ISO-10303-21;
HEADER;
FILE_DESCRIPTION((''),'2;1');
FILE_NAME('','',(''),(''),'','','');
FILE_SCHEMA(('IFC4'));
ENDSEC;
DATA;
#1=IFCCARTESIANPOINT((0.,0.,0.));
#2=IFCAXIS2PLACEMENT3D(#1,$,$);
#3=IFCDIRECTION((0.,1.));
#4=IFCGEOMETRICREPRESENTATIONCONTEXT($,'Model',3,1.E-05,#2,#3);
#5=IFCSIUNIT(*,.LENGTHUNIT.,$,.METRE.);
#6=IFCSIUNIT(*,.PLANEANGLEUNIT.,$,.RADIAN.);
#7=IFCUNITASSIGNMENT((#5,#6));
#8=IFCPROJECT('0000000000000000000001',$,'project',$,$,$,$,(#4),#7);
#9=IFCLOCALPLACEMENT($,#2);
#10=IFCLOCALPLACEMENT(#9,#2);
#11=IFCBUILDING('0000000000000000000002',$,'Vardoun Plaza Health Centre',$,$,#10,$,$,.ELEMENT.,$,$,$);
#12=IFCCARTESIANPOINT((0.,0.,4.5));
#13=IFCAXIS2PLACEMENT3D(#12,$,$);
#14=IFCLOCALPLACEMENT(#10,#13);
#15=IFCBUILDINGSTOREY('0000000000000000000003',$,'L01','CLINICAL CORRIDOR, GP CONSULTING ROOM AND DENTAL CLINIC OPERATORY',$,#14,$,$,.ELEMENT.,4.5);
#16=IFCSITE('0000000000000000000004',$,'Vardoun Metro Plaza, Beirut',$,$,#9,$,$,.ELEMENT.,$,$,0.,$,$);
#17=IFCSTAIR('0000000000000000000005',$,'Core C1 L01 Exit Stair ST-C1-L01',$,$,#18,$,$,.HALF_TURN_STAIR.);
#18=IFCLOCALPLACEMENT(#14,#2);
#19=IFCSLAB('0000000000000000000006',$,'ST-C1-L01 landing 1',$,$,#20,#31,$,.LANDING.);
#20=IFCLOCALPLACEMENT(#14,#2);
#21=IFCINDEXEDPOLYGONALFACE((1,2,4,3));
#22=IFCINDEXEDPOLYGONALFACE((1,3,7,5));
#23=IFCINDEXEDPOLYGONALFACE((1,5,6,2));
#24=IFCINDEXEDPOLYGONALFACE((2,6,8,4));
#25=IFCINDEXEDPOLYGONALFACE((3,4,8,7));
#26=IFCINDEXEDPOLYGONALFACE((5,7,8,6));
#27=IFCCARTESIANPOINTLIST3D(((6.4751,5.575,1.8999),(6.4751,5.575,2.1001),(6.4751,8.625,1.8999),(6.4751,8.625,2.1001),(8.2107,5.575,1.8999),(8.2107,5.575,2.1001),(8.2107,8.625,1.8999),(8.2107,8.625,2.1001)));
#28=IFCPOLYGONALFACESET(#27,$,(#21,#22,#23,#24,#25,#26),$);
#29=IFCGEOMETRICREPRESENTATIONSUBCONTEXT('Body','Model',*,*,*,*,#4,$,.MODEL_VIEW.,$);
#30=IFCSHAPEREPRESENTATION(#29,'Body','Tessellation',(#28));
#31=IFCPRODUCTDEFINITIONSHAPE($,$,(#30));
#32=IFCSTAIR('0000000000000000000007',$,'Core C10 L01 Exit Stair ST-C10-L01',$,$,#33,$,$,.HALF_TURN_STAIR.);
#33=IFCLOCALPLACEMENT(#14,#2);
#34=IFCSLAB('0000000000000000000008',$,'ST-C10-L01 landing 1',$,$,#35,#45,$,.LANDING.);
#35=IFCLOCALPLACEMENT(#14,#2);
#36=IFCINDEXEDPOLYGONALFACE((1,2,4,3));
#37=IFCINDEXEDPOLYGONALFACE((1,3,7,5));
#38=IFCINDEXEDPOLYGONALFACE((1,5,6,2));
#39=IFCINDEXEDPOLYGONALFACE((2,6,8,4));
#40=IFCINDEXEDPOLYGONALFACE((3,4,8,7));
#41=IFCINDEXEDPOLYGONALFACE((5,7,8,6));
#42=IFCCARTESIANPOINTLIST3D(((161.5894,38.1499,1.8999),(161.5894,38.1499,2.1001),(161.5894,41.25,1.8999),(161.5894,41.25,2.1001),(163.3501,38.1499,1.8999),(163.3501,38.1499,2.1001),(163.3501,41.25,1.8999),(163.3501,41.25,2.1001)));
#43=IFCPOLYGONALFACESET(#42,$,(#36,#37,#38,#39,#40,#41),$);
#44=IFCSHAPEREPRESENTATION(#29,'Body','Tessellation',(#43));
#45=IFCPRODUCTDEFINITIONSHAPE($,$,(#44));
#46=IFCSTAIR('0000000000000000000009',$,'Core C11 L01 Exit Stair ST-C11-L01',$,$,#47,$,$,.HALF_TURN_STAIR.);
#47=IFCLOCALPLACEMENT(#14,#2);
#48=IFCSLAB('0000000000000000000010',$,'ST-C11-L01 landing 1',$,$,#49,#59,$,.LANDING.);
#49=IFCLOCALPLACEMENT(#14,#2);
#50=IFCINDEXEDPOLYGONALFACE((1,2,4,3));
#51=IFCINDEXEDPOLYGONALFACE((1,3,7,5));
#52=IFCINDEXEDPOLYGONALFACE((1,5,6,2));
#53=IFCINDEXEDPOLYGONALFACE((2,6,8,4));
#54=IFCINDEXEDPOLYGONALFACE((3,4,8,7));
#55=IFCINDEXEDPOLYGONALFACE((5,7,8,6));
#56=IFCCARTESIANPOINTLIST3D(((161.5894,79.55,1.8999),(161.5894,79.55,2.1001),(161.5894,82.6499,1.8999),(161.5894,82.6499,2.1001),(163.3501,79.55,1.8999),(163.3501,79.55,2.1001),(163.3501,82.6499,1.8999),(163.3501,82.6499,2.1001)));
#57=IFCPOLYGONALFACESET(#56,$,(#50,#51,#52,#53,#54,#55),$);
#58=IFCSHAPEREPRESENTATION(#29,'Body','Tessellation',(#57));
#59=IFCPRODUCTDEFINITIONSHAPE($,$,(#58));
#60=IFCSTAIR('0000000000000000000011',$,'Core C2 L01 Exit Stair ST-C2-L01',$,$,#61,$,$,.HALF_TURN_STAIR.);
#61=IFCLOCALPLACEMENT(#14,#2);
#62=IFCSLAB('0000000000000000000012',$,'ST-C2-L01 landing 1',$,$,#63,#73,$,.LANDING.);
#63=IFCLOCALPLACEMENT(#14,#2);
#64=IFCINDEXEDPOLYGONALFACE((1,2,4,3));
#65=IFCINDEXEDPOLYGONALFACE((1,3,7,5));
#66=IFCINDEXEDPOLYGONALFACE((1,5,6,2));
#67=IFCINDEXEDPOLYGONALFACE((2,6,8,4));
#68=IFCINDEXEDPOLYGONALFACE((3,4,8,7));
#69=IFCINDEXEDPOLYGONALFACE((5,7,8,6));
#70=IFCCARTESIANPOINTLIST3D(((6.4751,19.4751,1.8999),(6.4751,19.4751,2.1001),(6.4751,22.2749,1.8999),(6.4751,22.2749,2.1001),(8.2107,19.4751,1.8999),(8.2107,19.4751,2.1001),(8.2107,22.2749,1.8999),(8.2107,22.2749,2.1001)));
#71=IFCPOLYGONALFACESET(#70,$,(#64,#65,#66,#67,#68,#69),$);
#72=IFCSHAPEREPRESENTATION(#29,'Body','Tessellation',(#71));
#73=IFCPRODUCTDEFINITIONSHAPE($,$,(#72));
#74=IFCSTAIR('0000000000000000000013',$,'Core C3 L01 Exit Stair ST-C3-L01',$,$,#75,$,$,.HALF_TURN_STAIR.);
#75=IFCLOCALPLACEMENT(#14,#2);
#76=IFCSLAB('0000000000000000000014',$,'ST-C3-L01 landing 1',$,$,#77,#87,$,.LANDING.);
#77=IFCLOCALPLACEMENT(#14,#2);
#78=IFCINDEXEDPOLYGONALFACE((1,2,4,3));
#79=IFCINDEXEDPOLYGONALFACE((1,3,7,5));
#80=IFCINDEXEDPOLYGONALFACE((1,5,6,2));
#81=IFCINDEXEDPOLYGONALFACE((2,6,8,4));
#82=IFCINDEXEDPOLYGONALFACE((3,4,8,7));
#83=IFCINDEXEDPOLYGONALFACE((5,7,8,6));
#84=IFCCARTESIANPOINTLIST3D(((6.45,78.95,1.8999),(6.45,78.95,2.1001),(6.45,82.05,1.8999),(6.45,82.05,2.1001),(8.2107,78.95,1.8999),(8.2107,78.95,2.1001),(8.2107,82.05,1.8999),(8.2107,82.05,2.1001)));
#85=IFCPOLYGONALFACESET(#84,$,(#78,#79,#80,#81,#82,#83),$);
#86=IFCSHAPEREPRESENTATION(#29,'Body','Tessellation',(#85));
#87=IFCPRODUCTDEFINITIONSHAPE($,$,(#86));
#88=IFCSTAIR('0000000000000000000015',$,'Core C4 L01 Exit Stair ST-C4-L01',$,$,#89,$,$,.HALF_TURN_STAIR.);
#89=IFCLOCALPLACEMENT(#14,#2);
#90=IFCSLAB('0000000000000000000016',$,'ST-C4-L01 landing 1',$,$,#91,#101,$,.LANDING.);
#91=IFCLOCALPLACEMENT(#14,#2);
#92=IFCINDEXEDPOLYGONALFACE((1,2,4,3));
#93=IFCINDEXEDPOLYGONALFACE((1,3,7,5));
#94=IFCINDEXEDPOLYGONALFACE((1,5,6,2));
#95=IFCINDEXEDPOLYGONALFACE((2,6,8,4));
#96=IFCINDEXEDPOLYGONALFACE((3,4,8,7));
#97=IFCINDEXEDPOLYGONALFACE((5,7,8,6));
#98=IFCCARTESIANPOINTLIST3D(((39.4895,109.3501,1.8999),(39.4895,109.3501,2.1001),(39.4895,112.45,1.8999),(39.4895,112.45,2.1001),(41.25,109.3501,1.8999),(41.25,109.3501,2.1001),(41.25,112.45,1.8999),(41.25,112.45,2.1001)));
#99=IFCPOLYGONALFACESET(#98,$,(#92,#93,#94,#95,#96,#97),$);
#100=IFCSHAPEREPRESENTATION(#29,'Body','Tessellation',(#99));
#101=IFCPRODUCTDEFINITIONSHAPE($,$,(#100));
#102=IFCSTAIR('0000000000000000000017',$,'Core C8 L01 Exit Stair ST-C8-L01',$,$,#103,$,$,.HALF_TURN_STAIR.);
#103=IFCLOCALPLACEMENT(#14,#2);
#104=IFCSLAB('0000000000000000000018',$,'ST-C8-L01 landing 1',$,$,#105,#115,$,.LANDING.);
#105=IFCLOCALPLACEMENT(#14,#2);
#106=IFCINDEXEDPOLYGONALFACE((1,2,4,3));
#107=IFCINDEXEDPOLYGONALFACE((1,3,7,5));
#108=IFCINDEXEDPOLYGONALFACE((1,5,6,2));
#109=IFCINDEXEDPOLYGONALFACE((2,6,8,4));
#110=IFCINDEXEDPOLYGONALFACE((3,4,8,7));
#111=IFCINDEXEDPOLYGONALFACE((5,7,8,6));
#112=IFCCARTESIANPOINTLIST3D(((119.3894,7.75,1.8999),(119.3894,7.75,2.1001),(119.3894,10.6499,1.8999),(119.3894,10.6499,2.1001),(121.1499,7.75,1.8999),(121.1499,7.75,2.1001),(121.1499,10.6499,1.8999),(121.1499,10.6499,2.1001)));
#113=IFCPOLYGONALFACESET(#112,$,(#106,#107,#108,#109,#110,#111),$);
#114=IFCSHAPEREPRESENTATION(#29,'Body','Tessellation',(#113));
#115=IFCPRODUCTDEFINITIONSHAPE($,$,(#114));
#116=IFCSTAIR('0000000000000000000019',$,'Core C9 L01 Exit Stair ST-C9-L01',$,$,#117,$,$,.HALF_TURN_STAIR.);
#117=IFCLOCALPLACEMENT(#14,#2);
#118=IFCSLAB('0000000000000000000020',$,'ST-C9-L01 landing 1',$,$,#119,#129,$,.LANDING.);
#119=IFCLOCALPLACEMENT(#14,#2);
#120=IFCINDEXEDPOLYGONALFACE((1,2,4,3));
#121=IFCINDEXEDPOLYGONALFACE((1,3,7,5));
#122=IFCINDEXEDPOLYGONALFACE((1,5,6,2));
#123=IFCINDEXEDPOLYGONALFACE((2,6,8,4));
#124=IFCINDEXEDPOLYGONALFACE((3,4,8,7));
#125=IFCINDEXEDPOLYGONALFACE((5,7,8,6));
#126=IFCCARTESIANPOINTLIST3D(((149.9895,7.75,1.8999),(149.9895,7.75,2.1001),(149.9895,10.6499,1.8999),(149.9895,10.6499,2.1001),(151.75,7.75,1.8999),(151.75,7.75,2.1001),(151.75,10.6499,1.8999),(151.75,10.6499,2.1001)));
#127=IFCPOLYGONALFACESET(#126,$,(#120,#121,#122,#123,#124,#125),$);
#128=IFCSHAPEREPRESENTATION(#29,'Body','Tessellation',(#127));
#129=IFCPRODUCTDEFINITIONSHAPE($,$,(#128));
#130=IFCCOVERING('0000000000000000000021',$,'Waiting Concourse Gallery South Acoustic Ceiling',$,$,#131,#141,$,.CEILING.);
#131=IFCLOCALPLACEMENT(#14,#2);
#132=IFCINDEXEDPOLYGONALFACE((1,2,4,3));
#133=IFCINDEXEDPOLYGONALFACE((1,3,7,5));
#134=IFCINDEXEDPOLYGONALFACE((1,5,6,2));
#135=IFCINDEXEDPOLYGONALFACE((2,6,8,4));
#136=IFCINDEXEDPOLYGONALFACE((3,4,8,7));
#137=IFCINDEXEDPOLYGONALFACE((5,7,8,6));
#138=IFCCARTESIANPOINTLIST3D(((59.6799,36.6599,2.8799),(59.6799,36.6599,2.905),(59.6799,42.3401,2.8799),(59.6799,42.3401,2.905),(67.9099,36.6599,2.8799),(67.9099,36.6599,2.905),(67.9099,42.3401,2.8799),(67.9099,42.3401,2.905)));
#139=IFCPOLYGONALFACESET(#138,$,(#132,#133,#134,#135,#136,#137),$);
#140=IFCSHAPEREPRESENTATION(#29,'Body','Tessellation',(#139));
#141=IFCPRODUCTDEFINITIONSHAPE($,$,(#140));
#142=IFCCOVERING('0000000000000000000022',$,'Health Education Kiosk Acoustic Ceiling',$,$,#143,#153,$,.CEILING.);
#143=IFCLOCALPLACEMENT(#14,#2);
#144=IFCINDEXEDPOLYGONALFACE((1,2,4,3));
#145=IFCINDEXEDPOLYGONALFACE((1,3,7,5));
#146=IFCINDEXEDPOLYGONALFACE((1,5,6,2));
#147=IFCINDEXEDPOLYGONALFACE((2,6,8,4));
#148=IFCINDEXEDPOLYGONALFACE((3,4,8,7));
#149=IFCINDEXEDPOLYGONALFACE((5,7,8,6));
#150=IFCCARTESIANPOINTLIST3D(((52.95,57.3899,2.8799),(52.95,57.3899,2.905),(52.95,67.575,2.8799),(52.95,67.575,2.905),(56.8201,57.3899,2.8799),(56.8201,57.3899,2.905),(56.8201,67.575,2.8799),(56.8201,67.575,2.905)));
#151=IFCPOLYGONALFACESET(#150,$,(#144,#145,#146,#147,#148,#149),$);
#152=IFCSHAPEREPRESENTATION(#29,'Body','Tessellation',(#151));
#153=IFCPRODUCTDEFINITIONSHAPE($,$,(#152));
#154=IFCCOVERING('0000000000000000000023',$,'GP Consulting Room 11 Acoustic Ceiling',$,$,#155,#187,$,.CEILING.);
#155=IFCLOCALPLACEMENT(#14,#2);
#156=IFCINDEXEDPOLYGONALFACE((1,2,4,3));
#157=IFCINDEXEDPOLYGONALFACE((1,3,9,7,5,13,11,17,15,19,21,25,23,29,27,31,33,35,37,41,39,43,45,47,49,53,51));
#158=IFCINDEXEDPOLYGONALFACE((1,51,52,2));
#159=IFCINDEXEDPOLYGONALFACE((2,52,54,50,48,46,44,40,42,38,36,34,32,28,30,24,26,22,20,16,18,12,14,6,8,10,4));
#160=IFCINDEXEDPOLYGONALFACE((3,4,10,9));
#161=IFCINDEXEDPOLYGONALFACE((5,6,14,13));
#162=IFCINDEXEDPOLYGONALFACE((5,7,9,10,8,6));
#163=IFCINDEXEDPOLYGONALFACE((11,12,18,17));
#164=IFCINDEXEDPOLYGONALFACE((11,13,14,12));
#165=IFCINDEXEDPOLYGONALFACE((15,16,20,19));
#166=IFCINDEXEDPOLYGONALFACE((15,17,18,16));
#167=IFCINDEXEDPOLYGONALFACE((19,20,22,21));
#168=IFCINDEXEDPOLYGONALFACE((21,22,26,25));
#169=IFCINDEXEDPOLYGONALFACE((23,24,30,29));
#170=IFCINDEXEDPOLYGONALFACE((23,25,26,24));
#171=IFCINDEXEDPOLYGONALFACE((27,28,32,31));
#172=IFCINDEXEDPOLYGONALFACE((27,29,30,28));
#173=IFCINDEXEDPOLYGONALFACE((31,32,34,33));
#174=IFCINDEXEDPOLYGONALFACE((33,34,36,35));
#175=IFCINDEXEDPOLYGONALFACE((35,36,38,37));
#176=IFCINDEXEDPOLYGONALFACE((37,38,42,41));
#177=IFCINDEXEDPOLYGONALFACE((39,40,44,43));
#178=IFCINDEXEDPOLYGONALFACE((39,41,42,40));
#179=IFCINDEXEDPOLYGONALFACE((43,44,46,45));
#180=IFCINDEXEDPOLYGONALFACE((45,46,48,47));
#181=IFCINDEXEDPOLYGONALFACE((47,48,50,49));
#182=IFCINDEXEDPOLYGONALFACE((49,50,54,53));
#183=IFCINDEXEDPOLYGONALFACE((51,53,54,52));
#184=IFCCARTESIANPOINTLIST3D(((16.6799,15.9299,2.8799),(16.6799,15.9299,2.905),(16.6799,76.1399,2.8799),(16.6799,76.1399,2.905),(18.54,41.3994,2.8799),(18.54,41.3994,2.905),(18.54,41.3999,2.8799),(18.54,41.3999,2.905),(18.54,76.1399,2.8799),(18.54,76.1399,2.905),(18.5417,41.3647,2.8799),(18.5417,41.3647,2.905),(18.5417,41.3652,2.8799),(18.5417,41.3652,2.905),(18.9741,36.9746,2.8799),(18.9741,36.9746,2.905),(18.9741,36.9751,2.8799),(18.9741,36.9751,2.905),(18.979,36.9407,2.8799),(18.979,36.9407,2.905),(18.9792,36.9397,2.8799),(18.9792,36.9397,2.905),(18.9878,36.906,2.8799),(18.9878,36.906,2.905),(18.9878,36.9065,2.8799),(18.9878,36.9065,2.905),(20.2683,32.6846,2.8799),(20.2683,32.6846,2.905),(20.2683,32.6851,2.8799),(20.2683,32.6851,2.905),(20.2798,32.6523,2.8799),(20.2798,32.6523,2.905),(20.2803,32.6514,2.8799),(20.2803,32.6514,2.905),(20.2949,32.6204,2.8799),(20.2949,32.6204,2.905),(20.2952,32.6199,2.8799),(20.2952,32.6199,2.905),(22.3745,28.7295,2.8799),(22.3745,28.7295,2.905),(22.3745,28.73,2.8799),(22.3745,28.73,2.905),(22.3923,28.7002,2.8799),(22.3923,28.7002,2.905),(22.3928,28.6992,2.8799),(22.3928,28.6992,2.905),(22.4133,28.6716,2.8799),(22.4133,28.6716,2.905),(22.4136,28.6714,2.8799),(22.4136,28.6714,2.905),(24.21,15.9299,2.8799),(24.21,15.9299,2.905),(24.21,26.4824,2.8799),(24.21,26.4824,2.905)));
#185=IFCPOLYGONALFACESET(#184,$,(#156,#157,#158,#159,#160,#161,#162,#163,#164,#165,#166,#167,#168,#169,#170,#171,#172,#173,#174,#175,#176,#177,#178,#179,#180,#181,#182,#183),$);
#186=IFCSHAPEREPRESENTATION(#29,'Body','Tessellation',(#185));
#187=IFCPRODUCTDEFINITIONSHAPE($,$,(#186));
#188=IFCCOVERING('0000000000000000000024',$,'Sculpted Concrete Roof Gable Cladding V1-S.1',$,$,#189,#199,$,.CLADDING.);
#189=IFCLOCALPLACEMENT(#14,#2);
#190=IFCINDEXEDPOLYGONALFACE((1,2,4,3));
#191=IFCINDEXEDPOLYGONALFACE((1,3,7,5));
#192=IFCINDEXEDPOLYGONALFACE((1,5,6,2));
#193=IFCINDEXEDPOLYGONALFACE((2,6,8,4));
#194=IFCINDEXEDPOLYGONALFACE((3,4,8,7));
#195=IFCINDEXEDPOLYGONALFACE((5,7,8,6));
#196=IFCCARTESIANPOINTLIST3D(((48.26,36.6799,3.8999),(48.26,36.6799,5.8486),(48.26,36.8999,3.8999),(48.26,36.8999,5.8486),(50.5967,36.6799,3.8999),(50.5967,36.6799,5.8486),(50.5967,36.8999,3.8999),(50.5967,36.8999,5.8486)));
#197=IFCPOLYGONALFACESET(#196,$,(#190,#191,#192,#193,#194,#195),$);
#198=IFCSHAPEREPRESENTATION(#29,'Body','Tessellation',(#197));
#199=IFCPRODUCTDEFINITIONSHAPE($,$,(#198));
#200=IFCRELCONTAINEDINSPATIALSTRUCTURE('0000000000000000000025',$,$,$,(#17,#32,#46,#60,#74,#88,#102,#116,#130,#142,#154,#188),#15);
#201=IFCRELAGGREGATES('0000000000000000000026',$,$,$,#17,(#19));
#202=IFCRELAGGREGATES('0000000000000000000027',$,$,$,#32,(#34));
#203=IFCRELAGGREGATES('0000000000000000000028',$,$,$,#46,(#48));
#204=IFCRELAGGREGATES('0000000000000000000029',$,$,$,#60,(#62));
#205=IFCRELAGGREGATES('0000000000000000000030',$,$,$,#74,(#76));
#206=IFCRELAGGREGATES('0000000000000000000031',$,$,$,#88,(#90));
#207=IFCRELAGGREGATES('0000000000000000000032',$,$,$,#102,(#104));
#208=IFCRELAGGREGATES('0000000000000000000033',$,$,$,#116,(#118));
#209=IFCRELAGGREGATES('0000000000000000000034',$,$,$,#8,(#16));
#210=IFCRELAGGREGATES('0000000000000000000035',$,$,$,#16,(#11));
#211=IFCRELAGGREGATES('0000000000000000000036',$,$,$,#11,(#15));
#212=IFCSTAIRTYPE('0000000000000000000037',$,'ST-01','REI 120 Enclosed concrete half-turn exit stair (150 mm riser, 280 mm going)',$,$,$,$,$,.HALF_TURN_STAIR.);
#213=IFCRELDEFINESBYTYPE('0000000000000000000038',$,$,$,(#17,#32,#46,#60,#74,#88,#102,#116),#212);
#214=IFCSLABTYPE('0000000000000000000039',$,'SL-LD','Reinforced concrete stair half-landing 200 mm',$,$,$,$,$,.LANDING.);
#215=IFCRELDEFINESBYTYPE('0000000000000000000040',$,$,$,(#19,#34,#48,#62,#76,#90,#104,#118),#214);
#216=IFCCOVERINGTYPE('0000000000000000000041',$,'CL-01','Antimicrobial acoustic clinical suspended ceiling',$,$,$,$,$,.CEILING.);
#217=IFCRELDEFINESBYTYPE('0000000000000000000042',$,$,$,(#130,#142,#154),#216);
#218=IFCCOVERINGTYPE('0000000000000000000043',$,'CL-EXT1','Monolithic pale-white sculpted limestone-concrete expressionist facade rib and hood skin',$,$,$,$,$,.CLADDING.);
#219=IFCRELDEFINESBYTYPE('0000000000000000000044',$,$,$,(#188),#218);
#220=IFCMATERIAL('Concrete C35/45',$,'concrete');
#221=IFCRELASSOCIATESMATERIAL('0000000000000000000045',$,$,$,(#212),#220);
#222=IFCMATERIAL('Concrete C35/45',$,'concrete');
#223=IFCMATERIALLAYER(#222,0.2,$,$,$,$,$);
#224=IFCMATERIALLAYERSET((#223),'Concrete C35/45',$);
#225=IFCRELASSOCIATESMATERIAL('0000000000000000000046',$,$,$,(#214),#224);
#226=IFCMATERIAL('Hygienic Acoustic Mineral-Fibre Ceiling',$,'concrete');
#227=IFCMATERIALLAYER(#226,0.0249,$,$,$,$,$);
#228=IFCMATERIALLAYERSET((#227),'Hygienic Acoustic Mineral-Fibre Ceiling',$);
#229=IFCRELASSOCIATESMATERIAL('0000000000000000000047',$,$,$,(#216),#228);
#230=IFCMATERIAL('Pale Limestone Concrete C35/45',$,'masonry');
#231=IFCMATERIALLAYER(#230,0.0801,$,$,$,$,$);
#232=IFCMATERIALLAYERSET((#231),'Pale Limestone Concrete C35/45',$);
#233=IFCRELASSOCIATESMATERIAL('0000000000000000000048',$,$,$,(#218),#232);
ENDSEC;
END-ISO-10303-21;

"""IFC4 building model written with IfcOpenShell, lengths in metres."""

from ifc_helpers import new_model, si_unit, direction, frame, origin, place, context, subcontext, project, spatial, polyline, outline, extrude, material, layer, layer_set, type_object, element, aggregate, save


model = new_model("IFC4")

# Units and contexts
model_context = context("Model", 3, precision=1e-05, world=origin(), true_north=direction((0.0, 1.0)))
body_context = subcontext(model_context, "Body", "Model", "MODEL_VIEW")
ifc_project = project(units=[si_unit("LENGTHUNIT", "METRE"), si_unit("PLANEANGLEUNIT", "RADIAN")], contexts=[model_context])

# Site, building, storey
site_placement = place(None, origin())
site = spatial("IfcSite", under=ifc_project, at=site_placement, Name="Vardoun Metro Plaza, Beirut", CompositionType="ELEMENT", RefElevation=0.0)
building_placement = place(site_placement, origin())
building = spatial("IfcBuilding", under=site, at=building_placement, Name="Vardoun Plaza Health Centre", CompositionType="ELEMENT")
storey_placement = place(building_placement, frame((0.0, 0.0, 4.5)))
storey = spatial("IfcBuildingStorey", under=building, at=storey_placement, Name="L01", Description="CLINICAL CORRIDOR, GP CONSULTING ROOM AND DENTAL CLINIC OPERATORY", CompositionType="ELEMENT", Elevation=4.5)

# Stairs, slabs
ifc_material_1 = material(Name="Concrete C35/45", Category="concrete")
stair_type = type_object("IfcStairType", Name="ST-01", Description="REI 120 Enclosed concrete half-turn exit stair (150 mm riser, 280 mm going)", PredefinedType="HALF_TURN_STAIR", material=ifc_material_1)
stair_1_placement = place(storey_placement, origin())
stair_1 = element("IfcStair", 1, at=stair_1_placement, inside=storey, type_object=stair_type, Name="Core C1 L01 Exit Stair ST-C1-L01", PredefinedType="HALF_TURN_STAIR")
ifc_material_2 = material(Name="Concrete C35/45", Category="concrete")
ifc_layer_1 = layer(ifc_material_2, 0.2)
ifc_layer_set_1 = layer_set([ifc_layer_1], Name="Concrete C35/45")
slab_type = type_object("IfcSlabType", Name="SL-LD", Description="Reinforced concrete stair half-landing 200 mm", PredefinedType="LANDING", material=ifc_layer_set_1)
slab_1_placement = place(storey_placement, frame((0.0, 0.0, 1.8999)))
slab_1 = element("IfcSlab", 2, at=slab_1_placement, type_object=slab_type, Name="ST-C1-L01 landing 1", PredefinedType="LANDING", context=body_context, shape_type="SweptSolid", body=[
    extrude(outline(polyline([(6.4751, 5.575), (8.2107, 5.575), (8.2107, 8.625), (6.4751, 8.625), (6.4751, 5.575)])), origin(), (0.0, 0.0, 1.0), 0.2002),
])
aggregate(stair_1, [slab_1])
stair_2_placement = place(storey_placement, origin())
stair_2 = element("IfcStair", 3, at=stair_2_placement, inside=storey, type_object=stair_type, Name="Core C10 L01 Exit Stair ST-C10-L01", PredefinedType="HALF_TURN_STAIR")
slab_2_placement = place(storey_placement, frame((0.0, 0.0, 1.8999)))
slab_2 = element("IfcSlab", 4, at=slab_2_placement, type_object=slab_type, Name="ST-C10-L01 landing 1", PredefinedType="LANDING", context=body_context, shape_type="SweptSolid", body=[
    extrude(outline(polyline([(161.5894, 38.1499), (163.3501, 38.1499), (163.3501, 41.25), (161.5894, 41.25), (161.5894, 38.1499)])), origin(), (0.0, 0.0, 1.0), 0.2002),
])
aggregate(stair_2, [slab_2])
stair_3_placement = place(storey_placement, origin())
stair_3 = element("IfcStair", 5, at=stair_3_placement, inside=storey, type_object=stair_type, Name="Core C11 L01 Exit Stair ST-C11-L01", PredefinedType="HALF_TURN_STAIR")
slab_3_placement = place(storey_placement, frame((0.0, 0.0, 1.8999)))
slab_3 = element("IfcSlab", 6, at=slab_3_placement, type_object=slab_type, Name="ST-C11-L01 landing 1", PredefinedType="LANDING", context=body_context, shape_type="SweptSolid", body=[
    extrude(outline(polyline([(161.5894, 79.55), (163.3501, 79.55), (163.3501, 82.6499), (161.5894, 82.6499), (161.5894, 79.55)])), origin(), (0.0, 0.0, 1.0), 0.2002),
])
aggregate(stair_3, [slab_3])
stair_4_placement = place(storey_placement, origin())
stair_4 = element("IfcStair", 7, at=stair_4_placement, inside=storey, type_object=stair_type, Name="Core C2 L01 Exit Stair ST-C2-L01", PredefinedType="HALF_TURN_STAIR")
slab_4_placement = place(storey_placement, frame((0.0, 0.0, 1.8999)))
slab_4 = element("IfcSlab", 8, at=slab_4_placement, type_object=slab_type, Name="ST-C2-L01 landing 1", PredefinedType="LANDING", context=body_context, shape_type="SweptSolid", body=[
    extrude(outline(polyline([(6.4751, 19.4751), (8.2107, 19.4751), (8.2107, 22.2749), (6.4751, 22.2749), (6.4751, 19.4751)])), origin(), (0.0, 0.0, 1.0), 0.2002),
])
aggregate(stair_4, [slab_4])
stair_5_placement = place(storey_placement, origin())
stair_5 = element("IfcStair", 9, at=stair_5_placement, inside=storey, type_object=stair_type, Name="Core C3 L01 Exit Stair ST-C3-L01", PredefinedType="HALF_TURN_STAIR")
slab_5_placement = place(storey_placement, frame((0.0, 0.0, 1.8999)))
slab_5 = element("IfcSlab", 10, at=slab_5_placement, type_object=slab_type, Name="ST-C3-L01 landing 1", PredefinedType="LANDING", context=body_context, shape_type="SweptSolid", body=[
    extrude(outline(polyline([(6.45, 78.95), (8.2107, 78.95), (8.2107, 82.05), (6.45, 82.05), (6.45, 78.95)])), origin(), (0.0, 0.0, 1.0), 0.2002),
])
aggregate(stair_5, [slab_5])
stair_6_placement = place(storey_placement, origin())
stair_6 = element("IfcStair", 11, at=stair_6_placement, inside=storey, type_object=stair_type, Name="Core C4 L01 Exit Stair ST-C4-L01", PredefinedType="HALF_TURN_STAIR")
slab_6_placement = place(storey_placement, frame((0.0, 0.0, 1.8999)))
slab_6 = element("IfcSlab", 12, at=slab_6_placement, type_object=slab_type, Name="ST-C4-L01 landing 1", PredefinedType="LANDING", context=body_context, shape_type="SweptSolid", body=[
    extrude(outline(polyline([(39.4895, 109.3501), (41.25, 109.3501), (41.25, 112.45), (39.4895, 112.45), (39.4895, 109.3501)])), origin(), (0.0, 0.0, 1.0), 0.2002),
])
aggregate(stair_6, [slab_6])
stair_7_placement = place(storey_placement, origin())
stair_7 = element("IfcStair", 13, at=stair_7_placement, inside=storey, type_object=stair_type, Name="Core C8 L01 Exit Stair ST-C8-L01", PredefinedType="HALF_TURN_STAIR")
slab_7_placement = place(storey_placement, frame((0.0, 0.0, 1.8999)))
slab_7 = element("IfcSlab", 14, at=slab_7_placement, type_object=slab_type, Name="ST-C8-L01 landing 1", PredefinedType="LANDING", context=body_context, shape_type="SweptSolid", body=[
    extrude(outline(polyline([(119.3894, 7.75), (121.1499, 7.75), (121.1499, 10.6499), (119.3894, 10.6499), (119.3894, 7.75)])), origin(), (0.0, 0.0, 1.0), 0.2002),
])
aggregate(stair_7, [slab_7])
stair_8_placement = place(storey_placement, origin())
stair_8 = element("IfcStair", 15, at=stair_8_placement, inside=storey, type_object=stair_type, Name="Core C9 L01 Exit Stair ST-C9-L01", PredefinedType="HALF_TURN_STAIR")
slab_8_placement = place(storey_placement, frame((0.0, 0.0, 1.8999)))
slab_8 = element("IfcSlab", 16, at=slab_8_placement, type_object=slab_type, Name="ST-C9-L01 landing 1", PredefinedType="LANDING", context=body_context, shape_type="SweptSolid", body=[
    extrude(outline(polyline([(149.9895, 7.75), (151.75, 7.75), (151.75, 10.6499), (149.9895, 10.6499), (149.9895, 7.75)])), origin(), (0.0, 0.0, 1.0), 0.2002),
])
aggregate(stair_8, [slab_8])

# Coverings
ifc_material_3 = material(Name="Hygienic Acoustic Mineral-Fibre Ceiling", Category="concrete")
ifc_layer_2 = layer(ifc_material_3, 0.0249)
ifc_layer_set_2 = layer_set([ifc_layer_2], Name="Hygienic Acoustic Mineral-Fibre Ceiling")
covering_type_1 = type_object("IfcCoveringType", Name="CL-01", Description="Antimicrobial acoustic clinical suspended ceiling", PredefinedType="CEILING", material=ifc_layer_set_2)
covering_1_placement = place(storey_placement, frame((0.0, 0.0, 2.8799)))
element("IfcCovering", 17, at=covering_1_placement, inside=storey, type_object=covering_type_1, Name="Waiting Concourse Gallery South Acoustic Ceiling", PredefinedType="CEILING", context=body_context, shape_type="SweptSolid", body=[
    extrude(outline(polyline([(59.6799, 36.6599), (59.6799, 42.3401), (67.9099, 42.3401), (67.9099, 36.6599), (59.6799, 36.6599)])), origin(), (0.0, 0.0, 1.0), 0.0251),
])
covering_2_placement = place(storey_placement, frame((0.0, 0.0, 2.8799)))
element("IfcCovering", 18, at=covering_2_placement, inside=storey, type_object=covering_type_1, Name="Health Education Kiosk Acoustic Ceiling", PredefinedType="CEILING", context=body_context, shape_type="SweptSolid", body=[
    extrude(outline(polyline([(56.8201, 57.3899), (52.95, 57.3899), (52.95, 67.575), (56.8201, 67.575), (56.8201, 57.3899)])), origin(), (0.0, 0.0, 1.0), 0.0251),
])
covering_3_placement = place(storey_placement, frame((0.0, 0.0, 2.8799)))
element("IfcCovering", 19, at=covering_3_placement, inside=storey, type_object=covering_type_1, Name="GP Consulting Room 11 Acoustic Ceiling", PredefinedType="CEILING", context=body_context, shape_type="SweptSolid", body=[
    extrude(outline(polyline([(18.5417, 41.3652), (18.5417, 41.3647), (18.9741, 36.9751), (18.9741, 36.9746), (18.979, 36.9407), (18.9792, 36.9397), (18.9878, 36.9065), (18.9878, 36.906), (20.2683, 32.6851), (20.2683, 32.6846), (20.2798, 32.6523), (20.2803, 32.6514), (20.2949, 32.6204), (20.2952, 32.6199), (22.3745, 28.73), (22.3745, 28.7295), (22.3923, 28.7002), (22.3928, 28.6992), (22.4133, 28.6716), (22.4136, 28.6714), (24.21, 26.4824), (24.21, 15.9299), (16.6799, 15.9299), (16.6799, 76.1399), (18.54, 76.1399), (18.54, 41.3999), (18.54, 41.3994), (18.5417, 41.3652)])), origin(), (0.0, 0.0, 1.0), 0.0251),
])
ifc_material_4 = material(Name="Pale Limestone Concrete C35/45", Category="masonry")
ifc_layer_3 = layer(ifc_material_4, 0.0801)
ifc_layer_set_3 = layer_set([ifc_layer_3], Name="Pale Limestone Concrete C35/45")
covering_type_2 = type_object("IfcCoveringType", Name="CL-EXT1", Description="Monolithic pale-white sculpted limestone-concrete expressionist facade rib and hood skin", PredefinedType="CLADDING", material=ifc_layer_set_3)
covering_4_placement = place(storey_placement, frame((0.0, 0.0, 3.8999)))
element("IfcCovering", 20, at=covering_4_placement, inside=storey, type_object=covering_type_2, Name="Sculpted Concrete Roof Gable Cladding V1-S.1", PredefinedType="CLADDING", context=body_context, shape_type="SweptSolid", body=[
    extrude(outline(polyline([(48.26, 36.6799), (50.5967, 36.6799), (50.5967, 36.8999), (48.26, 36.8999), (48.26, 36.6799)])), origin(), (0.0, 0.0, 1.0), 1.9487),
])

save(model, "model.ifc")
